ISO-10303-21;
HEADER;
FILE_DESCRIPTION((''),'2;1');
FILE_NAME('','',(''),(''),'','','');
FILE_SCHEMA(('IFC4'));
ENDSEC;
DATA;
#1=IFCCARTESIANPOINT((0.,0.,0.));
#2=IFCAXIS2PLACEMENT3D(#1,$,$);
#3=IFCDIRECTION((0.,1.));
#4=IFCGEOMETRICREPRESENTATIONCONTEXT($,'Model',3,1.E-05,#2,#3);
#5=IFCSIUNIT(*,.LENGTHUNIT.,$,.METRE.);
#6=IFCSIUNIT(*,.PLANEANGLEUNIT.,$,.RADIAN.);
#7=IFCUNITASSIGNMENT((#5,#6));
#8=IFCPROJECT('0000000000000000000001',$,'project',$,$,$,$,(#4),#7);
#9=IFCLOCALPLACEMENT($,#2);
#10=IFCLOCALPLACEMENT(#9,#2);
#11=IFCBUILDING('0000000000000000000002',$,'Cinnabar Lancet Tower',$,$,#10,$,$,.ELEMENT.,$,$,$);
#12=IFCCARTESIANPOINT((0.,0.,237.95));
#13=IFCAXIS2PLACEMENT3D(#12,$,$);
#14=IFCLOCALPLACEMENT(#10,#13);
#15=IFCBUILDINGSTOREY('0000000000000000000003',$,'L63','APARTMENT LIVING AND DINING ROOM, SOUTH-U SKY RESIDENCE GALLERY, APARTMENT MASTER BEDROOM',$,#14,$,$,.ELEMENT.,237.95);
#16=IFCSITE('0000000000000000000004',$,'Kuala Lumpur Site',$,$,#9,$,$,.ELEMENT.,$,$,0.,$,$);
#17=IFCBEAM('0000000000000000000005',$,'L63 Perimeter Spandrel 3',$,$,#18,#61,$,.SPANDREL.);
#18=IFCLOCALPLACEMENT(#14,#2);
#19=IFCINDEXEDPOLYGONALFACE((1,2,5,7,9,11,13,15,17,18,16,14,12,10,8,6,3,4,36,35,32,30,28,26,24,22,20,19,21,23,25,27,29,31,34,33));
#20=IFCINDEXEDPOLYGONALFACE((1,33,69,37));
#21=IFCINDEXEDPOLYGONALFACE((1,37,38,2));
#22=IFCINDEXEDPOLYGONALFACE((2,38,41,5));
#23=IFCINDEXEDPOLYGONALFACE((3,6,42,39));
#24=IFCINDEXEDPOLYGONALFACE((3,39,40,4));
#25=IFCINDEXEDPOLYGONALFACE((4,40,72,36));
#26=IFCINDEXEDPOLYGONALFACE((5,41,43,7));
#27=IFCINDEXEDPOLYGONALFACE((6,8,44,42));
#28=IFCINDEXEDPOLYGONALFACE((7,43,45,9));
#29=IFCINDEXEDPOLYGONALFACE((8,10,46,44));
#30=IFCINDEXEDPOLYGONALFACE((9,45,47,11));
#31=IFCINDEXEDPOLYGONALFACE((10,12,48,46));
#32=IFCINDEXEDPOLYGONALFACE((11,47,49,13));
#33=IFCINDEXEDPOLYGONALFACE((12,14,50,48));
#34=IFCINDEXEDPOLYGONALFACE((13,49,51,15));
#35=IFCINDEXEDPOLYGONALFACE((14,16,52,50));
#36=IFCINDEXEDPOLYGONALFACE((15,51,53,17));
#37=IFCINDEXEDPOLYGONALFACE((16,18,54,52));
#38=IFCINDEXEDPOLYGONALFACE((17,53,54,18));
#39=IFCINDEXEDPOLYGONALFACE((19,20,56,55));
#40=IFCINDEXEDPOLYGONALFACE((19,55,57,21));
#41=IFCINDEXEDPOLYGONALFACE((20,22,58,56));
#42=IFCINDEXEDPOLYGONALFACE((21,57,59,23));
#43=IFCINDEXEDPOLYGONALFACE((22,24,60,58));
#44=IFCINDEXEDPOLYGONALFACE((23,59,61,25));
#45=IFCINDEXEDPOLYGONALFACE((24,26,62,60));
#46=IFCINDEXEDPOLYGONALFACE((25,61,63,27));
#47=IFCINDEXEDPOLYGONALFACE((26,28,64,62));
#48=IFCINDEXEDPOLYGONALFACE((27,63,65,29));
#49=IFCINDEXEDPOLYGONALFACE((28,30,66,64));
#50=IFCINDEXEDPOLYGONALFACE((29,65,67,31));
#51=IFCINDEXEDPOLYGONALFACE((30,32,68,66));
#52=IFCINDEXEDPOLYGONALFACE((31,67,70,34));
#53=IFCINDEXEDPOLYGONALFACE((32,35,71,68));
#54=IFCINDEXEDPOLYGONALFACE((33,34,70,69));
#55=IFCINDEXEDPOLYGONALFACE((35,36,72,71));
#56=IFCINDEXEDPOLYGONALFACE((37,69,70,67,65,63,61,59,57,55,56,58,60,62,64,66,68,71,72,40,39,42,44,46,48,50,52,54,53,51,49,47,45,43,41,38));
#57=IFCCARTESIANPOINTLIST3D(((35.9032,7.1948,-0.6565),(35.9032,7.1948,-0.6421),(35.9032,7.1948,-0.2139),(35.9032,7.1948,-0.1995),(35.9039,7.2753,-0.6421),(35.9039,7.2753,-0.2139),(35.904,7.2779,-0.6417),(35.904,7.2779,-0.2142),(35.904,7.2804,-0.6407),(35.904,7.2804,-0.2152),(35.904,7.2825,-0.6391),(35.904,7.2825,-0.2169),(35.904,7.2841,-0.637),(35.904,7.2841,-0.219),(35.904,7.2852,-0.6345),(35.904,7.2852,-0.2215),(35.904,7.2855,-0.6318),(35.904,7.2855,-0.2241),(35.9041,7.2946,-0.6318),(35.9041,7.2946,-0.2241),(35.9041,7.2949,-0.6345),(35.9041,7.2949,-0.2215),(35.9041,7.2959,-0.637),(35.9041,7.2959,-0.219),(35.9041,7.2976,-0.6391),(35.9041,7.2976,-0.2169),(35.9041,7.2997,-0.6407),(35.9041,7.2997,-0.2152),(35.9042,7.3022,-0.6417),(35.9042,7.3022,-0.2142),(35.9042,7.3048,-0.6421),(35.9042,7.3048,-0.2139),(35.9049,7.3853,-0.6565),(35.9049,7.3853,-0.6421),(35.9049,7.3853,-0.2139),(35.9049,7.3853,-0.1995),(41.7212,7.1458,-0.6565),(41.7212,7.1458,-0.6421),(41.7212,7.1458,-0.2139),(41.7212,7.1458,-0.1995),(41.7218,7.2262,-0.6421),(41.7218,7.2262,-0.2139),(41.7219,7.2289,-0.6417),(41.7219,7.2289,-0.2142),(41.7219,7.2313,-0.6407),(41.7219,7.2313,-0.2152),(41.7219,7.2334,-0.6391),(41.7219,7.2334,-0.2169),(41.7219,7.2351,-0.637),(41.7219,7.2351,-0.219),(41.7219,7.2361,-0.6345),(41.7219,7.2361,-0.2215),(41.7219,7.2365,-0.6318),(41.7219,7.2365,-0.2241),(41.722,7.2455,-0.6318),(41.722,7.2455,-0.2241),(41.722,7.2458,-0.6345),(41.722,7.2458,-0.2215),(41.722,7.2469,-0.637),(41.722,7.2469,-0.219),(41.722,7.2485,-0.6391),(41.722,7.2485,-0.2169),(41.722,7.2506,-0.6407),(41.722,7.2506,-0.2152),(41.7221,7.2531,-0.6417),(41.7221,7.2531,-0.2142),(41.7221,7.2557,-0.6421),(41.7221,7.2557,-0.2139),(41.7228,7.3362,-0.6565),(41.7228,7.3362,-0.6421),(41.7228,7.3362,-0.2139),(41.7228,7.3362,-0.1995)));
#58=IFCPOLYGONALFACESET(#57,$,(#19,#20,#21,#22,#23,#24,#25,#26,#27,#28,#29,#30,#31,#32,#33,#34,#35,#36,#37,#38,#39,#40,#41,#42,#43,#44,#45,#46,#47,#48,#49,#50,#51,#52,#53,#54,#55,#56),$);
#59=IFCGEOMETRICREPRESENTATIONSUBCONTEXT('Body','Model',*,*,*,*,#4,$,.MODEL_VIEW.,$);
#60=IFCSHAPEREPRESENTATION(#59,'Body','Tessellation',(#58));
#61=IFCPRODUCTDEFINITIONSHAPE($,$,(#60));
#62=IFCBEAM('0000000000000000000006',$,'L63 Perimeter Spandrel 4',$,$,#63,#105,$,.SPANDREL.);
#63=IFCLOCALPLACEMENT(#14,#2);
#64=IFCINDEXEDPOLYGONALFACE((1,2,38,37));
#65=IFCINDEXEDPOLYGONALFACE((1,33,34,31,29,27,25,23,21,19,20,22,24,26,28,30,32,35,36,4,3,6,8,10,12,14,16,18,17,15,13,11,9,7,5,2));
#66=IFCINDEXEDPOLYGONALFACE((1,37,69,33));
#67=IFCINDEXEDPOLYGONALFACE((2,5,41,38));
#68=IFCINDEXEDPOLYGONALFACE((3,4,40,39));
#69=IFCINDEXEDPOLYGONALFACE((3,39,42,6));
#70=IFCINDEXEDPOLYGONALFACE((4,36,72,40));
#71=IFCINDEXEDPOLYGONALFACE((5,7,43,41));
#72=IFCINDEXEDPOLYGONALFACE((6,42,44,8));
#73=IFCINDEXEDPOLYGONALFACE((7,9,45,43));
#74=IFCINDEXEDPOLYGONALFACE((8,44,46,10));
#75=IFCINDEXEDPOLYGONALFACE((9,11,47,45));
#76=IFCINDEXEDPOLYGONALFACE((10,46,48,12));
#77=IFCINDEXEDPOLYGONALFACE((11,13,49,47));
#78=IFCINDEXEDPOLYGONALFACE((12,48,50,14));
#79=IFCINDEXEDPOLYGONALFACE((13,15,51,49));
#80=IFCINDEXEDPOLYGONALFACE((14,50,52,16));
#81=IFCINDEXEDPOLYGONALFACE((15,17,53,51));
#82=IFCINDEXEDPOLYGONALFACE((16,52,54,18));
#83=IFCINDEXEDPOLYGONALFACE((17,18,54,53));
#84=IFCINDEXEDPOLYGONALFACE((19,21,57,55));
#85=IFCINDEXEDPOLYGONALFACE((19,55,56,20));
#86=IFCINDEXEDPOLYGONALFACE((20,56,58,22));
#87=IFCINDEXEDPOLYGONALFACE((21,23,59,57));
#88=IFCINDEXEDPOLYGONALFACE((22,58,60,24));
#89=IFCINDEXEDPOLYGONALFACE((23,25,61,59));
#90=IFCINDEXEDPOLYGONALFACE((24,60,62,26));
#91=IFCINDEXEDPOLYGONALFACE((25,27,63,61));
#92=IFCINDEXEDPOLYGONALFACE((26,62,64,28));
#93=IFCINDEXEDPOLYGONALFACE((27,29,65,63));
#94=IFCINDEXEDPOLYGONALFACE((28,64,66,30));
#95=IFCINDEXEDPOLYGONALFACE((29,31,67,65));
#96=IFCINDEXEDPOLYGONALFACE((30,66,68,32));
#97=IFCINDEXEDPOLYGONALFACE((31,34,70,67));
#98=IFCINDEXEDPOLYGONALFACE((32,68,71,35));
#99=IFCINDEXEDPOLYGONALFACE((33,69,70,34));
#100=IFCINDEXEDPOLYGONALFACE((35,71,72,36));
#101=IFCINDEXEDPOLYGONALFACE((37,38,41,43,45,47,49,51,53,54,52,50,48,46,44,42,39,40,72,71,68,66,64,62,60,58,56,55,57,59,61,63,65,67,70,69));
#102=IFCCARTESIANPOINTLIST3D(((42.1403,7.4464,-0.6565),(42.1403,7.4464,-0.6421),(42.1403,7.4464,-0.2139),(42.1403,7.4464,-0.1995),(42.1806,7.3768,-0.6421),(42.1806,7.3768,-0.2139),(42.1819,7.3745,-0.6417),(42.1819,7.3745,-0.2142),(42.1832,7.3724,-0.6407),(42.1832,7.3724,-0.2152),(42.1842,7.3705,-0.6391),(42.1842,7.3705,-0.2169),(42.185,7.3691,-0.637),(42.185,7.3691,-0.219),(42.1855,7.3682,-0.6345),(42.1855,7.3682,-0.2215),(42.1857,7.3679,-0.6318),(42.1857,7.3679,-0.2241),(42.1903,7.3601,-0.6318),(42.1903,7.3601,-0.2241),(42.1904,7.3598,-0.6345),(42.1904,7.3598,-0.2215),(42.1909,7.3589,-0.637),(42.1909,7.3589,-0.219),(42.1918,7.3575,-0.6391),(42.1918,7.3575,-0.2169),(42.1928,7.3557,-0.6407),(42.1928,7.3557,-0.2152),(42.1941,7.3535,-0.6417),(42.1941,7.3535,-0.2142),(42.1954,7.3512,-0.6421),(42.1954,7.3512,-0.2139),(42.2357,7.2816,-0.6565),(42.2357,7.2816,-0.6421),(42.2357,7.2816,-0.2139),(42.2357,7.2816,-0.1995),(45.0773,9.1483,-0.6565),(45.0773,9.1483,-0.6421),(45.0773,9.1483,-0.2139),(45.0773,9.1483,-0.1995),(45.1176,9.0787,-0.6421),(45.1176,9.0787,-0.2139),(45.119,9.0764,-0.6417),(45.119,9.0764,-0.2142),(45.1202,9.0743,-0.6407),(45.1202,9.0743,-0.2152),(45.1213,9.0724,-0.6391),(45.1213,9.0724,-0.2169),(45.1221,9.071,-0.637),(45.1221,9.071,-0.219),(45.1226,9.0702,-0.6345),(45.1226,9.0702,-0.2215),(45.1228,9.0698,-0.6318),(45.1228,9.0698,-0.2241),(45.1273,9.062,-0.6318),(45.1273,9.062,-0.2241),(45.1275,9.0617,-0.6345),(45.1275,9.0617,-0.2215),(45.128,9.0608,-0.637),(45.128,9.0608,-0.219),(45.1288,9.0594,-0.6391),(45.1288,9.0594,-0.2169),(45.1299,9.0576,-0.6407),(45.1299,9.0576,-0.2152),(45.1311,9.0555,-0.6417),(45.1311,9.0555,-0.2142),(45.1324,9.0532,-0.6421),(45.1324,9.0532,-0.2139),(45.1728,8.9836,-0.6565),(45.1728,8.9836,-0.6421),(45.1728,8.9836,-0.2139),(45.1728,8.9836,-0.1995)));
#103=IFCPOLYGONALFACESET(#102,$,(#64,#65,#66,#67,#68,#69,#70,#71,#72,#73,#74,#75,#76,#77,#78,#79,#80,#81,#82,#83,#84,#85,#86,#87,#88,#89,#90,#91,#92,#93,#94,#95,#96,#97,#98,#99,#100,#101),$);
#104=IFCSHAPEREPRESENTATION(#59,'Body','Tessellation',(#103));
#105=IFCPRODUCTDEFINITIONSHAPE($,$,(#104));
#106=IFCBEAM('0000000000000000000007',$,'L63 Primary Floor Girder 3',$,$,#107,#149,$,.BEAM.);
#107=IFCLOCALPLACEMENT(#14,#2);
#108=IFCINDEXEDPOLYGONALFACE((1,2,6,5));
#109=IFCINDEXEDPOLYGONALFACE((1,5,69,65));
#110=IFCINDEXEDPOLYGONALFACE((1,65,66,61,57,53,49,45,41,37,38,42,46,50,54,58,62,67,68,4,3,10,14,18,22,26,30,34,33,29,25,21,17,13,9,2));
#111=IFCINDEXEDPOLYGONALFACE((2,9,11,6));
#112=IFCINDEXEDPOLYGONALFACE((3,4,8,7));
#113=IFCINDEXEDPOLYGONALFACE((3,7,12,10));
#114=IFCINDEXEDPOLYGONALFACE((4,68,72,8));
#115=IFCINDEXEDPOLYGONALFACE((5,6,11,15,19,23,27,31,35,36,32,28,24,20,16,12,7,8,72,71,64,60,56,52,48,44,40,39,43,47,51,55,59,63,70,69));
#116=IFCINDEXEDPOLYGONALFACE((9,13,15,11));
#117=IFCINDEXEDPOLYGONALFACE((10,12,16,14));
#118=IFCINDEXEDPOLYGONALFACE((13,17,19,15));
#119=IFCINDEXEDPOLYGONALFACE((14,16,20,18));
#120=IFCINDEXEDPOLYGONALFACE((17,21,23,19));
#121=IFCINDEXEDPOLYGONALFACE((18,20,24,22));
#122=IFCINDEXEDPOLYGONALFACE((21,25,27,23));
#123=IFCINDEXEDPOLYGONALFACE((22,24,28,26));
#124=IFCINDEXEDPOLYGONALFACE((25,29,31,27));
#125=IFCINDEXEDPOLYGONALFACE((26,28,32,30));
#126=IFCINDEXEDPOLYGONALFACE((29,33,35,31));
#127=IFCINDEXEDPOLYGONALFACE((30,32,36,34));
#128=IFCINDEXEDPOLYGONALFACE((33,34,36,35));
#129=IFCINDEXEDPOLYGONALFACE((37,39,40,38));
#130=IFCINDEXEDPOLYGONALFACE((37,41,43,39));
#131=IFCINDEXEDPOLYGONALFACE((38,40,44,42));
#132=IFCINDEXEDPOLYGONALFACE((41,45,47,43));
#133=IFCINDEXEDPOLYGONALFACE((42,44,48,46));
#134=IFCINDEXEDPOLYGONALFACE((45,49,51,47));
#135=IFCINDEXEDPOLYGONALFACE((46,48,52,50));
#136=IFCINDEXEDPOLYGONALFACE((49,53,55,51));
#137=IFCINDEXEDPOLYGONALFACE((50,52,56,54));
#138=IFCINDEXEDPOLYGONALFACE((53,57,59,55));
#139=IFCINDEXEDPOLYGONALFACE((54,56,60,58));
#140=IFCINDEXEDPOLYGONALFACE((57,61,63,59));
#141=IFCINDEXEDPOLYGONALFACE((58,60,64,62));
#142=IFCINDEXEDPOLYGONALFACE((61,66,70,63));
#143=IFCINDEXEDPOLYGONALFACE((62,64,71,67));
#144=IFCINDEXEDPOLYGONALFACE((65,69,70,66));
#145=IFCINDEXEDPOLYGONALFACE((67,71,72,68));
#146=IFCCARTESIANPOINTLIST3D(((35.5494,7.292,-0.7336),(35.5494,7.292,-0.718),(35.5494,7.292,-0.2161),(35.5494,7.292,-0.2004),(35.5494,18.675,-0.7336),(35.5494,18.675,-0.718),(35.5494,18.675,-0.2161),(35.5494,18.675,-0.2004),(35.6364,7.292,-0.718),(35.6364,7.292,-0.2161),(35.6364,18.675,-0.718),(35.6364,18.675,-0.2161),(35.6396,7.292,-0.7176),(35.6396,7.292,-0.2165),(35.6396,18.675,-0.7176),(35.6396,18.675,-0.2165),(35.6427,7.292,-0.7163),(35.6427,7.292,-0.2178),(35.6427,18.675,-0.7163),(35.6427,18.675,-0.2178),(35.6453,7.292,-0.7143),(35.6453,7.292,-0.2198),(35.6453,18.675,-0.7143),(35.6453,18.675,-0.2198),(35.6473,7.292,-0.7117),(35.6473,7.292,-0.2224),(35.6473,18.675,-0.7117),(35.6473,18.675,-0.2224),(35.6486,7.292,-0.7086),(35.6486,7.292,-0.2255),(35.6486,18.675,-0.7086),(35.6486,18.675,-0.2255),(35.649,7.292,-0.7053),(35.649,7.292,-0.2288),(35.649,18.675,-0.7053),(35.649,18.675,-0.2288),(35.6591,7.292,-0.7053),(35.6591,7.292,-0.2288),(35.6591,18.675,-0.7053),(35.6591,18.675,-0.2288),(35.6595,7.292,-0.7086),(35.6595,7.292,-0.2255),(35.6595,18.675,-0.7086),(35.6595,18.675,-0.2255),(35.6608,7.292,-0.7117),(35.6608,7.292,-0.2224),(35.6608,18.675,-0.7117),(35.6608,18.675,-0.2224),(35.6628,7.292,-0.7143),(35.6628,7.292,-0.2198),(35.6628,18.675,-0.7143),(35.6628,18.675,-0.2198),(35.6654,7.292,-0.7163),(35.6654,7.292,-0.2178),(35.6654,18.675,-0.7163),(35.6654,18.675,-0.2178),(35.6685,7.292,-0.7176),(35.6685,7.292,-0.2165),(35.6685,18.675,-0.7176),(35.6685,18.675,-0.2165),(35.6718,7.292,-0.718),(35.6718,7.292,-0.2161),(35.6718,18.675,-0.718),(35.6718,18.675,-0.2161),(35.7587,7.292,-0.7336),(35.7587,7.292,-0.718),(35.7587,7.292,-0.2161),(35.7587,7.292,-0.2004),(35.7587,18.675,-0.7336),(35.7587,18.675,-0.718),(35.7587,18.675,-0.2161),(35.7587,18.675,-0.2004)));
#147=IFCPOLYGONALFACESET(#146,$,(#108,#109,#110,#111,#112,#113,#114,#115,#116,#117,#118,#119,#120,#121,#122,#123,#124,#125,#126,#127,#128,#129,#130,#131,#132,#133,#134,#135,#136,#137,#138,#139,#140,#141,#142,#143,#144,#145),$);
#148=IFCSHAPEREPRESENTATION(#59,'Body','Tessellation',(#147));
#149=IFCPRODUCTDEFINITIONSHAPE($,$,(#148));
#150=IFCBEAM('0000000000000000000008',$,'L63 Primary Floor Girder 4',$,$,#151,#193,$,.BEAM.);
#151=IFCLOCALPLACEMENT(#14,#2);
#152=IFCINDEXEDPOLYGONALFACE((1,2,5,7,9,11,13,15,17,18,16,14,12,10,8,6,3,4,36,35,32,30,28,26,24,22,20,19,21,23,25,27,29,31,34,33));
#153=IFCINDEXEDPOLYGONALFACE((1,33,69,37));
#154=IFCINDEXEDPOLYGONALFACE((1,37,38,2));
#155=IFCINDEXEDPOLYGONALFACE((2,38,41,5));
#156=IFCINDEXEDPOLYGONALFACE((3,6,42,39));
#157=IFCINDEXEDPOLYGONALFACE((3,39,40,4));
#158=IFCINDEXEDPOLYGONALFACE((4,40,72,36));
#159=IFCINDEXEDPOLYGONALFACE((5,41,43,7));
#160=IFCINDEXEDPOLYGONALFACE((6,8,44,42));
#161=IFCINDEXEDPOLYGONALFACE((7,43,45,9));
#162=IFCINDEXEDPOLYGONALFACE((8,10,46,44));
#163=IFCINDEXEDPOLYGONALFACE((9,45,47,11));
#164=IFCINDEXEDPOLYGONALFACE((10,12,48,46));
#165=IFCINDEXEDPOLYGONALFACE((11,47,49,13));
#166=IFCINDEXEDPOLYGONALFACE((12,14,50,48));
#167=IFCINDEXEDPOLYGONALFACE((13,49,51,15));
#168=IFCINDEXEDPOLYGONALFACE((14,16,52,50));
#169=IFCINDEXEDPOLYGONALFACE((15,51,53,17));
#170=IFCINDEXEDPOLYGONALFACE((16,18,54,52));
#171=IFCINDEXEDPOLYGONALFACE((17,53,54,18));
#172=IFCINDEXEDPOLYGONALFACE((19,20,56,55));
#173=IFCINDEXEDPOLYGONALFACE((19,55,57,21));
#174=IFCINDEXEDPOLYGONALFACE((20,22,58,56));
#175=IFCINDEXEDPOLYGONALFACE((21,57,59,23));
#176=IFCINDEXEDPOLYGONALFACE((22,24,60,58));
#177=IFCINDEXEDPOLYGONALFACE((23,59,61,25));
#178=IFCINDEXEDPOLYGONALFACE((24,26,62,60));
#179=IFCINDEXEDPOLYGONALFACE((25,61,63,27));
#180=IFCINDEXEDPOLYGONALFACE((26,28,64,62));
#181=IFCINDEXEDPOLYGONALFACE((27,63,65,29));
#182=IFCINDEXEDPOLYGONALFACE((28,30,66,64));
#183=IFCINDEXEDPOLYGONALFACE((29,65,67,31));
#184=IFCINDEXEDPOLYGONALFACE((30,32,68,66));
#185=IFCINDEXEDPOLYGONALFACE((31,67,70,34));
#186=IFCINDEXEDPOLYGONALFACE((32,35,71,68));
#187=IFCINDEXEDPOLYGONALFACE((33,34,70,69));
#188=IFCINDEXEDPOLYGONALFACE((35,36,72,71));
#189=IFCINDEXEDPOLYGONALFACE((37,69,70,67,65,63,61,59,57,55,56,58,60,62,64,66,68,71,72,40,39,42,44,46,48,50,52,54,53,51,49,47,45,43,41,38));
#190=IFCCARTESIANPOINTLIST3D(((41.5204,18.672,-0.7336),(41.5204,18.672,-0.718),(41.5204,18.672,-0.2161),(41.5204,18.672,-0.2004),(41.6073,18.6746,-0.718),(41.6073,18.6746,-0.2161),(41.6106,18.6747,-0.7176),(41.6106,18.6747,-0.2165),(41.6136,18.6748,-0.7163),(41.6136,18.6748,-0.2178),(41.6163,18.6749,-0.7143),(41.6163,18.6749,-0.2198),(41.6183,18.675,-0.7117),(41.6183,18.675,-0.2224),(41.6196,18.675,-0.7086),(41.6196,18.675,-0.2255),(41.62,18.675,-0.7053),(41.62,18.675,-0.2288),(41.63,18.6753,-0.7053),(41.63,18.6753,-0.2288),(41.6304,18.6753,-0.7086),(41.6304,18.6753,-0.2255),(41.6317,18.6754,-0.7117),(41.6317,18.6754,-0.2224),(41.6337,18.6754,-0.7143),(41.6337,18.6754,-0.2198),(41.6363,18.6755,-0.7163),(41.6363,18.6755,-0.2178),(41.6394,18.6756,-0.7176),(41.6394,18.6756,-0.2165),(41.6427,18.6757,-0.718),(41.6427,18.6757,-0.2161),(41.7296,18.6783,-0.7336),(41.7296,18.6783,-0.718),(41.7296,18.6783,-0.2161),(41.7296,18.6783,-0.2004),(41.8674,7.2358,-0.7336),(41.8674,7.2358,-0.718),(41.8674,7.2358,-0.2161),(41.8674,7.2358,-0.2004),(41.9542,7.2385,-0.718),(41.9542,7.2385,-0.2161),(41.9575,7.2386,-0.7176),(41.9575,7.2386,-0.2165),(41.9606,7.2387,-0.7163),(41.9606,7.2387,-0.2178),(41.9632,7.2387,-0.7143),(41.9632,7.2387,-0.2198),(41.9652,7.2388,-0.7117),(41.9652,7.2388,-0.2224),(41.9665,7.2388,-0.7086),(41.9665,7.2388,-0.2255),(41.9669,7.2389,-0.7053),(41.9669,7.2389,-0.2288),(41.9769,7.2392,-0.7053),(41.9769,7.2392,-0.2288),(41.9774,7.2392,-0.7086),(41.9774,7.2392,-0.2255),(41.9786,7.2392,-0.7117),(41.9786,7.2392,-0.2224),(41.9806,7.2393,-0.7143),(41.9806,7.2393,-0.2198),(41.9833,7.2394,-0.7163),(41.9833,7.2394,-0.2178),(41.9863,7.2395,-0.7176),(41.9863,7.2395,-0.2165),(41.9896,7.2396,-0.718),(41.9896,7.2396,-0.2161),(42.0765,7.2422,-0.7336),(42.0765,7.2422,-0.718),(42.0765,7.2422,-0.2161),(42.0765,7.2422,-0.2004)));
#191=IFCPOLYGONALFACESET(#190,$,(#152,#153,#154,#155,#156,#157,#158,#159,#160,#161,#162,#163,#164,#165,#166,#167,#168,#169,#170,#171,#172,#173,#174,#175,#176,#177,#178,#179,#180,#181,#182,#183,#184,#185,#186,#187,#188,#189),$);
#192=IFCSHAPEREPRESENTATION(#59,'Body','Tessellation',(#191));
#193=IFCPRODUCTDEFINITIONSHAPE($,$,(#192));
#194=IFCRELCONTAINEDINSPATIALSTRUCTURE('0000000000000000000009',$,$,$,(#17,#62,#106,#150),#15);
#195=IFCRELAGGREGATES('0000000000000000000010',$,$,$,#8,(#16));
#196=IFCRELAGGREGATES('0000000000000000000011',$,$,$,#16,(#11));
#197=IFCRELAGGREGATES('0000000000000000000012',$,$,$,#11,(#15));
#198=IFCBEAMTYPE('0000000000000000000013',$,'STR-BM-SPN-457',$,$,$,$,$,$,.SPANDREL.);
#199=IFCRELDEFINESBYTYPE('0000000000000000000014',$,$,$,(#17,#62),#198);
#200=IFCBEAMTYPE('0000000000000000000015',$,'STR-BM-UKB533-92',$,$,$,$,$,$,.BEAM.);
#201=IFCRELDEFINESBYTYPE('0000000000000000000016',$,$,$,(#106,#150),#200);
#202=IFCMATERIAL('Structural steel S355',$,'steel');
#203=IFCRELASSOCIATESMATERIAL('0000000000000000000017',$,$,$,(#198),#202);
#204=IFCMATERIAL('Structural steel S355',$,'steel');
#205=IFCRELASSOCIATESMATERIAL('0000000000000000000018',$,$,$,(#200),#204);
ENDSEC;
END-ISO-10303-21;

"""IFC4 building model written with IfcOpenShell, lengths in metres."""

from ifc_helpers import new_model, si_unit, direction, frame, origin, origin_2d, place, context, subcontext, project, spatial, i_section, extrude, material, material_profile, profile_set, type_object, element, save


model = new_model("IFC4")

# Units and contexts
model_context = context("Model", 3, precision=1e-05, world=origin(), true_north=direction((0.0, 1.0)))
body_context = subcontext(model_context, "Body", "Model", "MODEL_VIEW")
ifc_project = project(units=[si_unit("LENGTHUNIT", "METRE"), si_unit("PLANEANGLEUNIT", "RADIAN")], contexts=[model_context])

# Site, building, storey
site_placement = place(None, origin())
site = spatial("IfcSite", under=ifc_project, at=site_placement, Name="Kuala Lumpur Site", CompositionType="ELEMENT", RefElevation=0.0)
building_placement = place(site_placement, origin())
building = spatial("IfcBuilding", under=site, at=building_placement, Name="Cinnabar Lancet Tower", CompositionType="ELEMENT")
storey_placement = place(building_placement, frame((0.0, 0.0, 237.95)))
storey = spatial("IfcBuildingStorey", under=building, at=storey_placement, Name="L63", Description="APARTMENT LIVING AND DINING ROOM, SOUTH-U SKY RESIDENCE GALLERY, APARTMENT MASTER BEDROOM", CompositionType="ELEMENT", Elevation=237.95)

# Beams
ifc_material_1 = material(Name="Structural steel S355", Category="steel")
ifc_material_profile_1 = material_profile(ifc_material_1, i_section(OverallWidth=0.1904, OverallDepth=0.457, WebThickness=0.009, FlangeThickness=0.0144, FilletRadius=0.0103, at=origin_2d()), Name="UKB 457x191x74")
ifc_profile_set_1 = profile_set([ifc_material_profile_1], Name="Structural steel S355")
beam_type_1 = type_object("IfcBeamType", Name="STR-BM-SPN-457", PredefinedType="SPANDREL", material=ifc_profile_set_1)
beam_1_placement = place(storey_placement, frame((35.9041, 7.29, -0.428), z_axis=(0.999964, -0.008434, 0.0), x_axis=(0.008434, 0.999964, 0.0)))
element("IfcBeam", 1, at=beam_1_placement, inside=storey, type_object=beam_type_1, Name="L63 Perimeter Spandrel 3", PredefinedType="SPANDREL", context=body_context, shape_type="SweptSolid", body=[
    extrude(i_section(OverallWidth=0.1904, OverallDepth=0.457, WebThickness=0.009, FlangeThickness=0.0144, FilletRadius=0.0103, at=origin_2d()), origin(), (0.0, 0.0, 1.0), 5.8181),
])
beam_2_placement = place(storey_placement, frame((42.188, 7.364, -0.428), z_axis=(0.865231, 0.501374, 0.0), x_axis=(-0.501374, 0.865231, 0.0)))
element("IfcBeam", 2, at=beam_2_placement, inside=storey, type_object=beam_type_1, Name="L63 Perimeter Spandrel 4", PredefinedType="SPANDREL", context=body_context, shape_type="SweptSolid", body=[
    extrude(i_section(OverallWidth=0.1904, OverallDepth=0.457, WebThickness=0.009, FlangeThickness=0.0144, FilletRadius=0.0103, at=origin_2d()), origin(), (0.0, 0.0, 1.0), 3.3945),
])
ifc_material_2 = material(Name="Structural steel S355", Category="steel")
ifc_material_profile_2 = material_profile(ifc_material_2, i_section(OverallWidth=0.2092, OverallDepth=0.5332, WebThickness=0.01, FlangeThickness=0.0156, FilletRadius=0.0127, at=origin_2d()), Name="UKB 533x210x92")
ifc_profile_set_2 = profile_set([ifc_material_profile_2], Name="Structural steel S355")
beam_type_2 = type_object("IfcBeamType", Name="STR-BM-UKB533-92", PredefinedType="BEAM", material=ifc_profile_set_2)
beam_3_placement = place(storey_placement, frame((35.6541, 7.292, -0.467), z_axis=(0.0, 1.0, 0.0), x_axis=(-1.0, 0.0, 0.0)))
element("IfcBeam", 3, at=beam_3_placement, inside=storey, type_object=beam_type_2, Name="L63 Primary Floor Girder 3", PredefinedType="BEAM", context=body_context, shape_type="SweptSolid", body=[
    extrude(i_section(OverallWidth=0.2092, OverallDepth=0.5332, WebThickness=0.01, FlangeThickness=0.0156, FilletRadius=0.0127, at=origin_2d()), origin(), (0.0, 0.0, 1.0), 11.3831),
])
beam_4_placement = place(storey_placement, frame((41.9719, 7.239, -0.467), z_axis=(-0.030322, 0.99954, 0.0), x_axis=(-0.99954, -0.030322, 0.0)))
element("IfcBeam", 4, at=beam_4_placement, inside=storey, type_object=beam_type_2, Name="L63 Primary Floor Girder 4", PredefinedType="BEAM", context=body_context, shape_type="SweptSolid", body=[
    extrude(i_section(OverallWidth=0.2092, OverallDepth=0.5332, WebThickness=0.01, FlangeThickness=0.0156, FilletRadius=0.0127, at=origin_2d()), origin(), (0.0, 0.0, 1.0), 11.4414),
])

save(model, "model.ifc")
